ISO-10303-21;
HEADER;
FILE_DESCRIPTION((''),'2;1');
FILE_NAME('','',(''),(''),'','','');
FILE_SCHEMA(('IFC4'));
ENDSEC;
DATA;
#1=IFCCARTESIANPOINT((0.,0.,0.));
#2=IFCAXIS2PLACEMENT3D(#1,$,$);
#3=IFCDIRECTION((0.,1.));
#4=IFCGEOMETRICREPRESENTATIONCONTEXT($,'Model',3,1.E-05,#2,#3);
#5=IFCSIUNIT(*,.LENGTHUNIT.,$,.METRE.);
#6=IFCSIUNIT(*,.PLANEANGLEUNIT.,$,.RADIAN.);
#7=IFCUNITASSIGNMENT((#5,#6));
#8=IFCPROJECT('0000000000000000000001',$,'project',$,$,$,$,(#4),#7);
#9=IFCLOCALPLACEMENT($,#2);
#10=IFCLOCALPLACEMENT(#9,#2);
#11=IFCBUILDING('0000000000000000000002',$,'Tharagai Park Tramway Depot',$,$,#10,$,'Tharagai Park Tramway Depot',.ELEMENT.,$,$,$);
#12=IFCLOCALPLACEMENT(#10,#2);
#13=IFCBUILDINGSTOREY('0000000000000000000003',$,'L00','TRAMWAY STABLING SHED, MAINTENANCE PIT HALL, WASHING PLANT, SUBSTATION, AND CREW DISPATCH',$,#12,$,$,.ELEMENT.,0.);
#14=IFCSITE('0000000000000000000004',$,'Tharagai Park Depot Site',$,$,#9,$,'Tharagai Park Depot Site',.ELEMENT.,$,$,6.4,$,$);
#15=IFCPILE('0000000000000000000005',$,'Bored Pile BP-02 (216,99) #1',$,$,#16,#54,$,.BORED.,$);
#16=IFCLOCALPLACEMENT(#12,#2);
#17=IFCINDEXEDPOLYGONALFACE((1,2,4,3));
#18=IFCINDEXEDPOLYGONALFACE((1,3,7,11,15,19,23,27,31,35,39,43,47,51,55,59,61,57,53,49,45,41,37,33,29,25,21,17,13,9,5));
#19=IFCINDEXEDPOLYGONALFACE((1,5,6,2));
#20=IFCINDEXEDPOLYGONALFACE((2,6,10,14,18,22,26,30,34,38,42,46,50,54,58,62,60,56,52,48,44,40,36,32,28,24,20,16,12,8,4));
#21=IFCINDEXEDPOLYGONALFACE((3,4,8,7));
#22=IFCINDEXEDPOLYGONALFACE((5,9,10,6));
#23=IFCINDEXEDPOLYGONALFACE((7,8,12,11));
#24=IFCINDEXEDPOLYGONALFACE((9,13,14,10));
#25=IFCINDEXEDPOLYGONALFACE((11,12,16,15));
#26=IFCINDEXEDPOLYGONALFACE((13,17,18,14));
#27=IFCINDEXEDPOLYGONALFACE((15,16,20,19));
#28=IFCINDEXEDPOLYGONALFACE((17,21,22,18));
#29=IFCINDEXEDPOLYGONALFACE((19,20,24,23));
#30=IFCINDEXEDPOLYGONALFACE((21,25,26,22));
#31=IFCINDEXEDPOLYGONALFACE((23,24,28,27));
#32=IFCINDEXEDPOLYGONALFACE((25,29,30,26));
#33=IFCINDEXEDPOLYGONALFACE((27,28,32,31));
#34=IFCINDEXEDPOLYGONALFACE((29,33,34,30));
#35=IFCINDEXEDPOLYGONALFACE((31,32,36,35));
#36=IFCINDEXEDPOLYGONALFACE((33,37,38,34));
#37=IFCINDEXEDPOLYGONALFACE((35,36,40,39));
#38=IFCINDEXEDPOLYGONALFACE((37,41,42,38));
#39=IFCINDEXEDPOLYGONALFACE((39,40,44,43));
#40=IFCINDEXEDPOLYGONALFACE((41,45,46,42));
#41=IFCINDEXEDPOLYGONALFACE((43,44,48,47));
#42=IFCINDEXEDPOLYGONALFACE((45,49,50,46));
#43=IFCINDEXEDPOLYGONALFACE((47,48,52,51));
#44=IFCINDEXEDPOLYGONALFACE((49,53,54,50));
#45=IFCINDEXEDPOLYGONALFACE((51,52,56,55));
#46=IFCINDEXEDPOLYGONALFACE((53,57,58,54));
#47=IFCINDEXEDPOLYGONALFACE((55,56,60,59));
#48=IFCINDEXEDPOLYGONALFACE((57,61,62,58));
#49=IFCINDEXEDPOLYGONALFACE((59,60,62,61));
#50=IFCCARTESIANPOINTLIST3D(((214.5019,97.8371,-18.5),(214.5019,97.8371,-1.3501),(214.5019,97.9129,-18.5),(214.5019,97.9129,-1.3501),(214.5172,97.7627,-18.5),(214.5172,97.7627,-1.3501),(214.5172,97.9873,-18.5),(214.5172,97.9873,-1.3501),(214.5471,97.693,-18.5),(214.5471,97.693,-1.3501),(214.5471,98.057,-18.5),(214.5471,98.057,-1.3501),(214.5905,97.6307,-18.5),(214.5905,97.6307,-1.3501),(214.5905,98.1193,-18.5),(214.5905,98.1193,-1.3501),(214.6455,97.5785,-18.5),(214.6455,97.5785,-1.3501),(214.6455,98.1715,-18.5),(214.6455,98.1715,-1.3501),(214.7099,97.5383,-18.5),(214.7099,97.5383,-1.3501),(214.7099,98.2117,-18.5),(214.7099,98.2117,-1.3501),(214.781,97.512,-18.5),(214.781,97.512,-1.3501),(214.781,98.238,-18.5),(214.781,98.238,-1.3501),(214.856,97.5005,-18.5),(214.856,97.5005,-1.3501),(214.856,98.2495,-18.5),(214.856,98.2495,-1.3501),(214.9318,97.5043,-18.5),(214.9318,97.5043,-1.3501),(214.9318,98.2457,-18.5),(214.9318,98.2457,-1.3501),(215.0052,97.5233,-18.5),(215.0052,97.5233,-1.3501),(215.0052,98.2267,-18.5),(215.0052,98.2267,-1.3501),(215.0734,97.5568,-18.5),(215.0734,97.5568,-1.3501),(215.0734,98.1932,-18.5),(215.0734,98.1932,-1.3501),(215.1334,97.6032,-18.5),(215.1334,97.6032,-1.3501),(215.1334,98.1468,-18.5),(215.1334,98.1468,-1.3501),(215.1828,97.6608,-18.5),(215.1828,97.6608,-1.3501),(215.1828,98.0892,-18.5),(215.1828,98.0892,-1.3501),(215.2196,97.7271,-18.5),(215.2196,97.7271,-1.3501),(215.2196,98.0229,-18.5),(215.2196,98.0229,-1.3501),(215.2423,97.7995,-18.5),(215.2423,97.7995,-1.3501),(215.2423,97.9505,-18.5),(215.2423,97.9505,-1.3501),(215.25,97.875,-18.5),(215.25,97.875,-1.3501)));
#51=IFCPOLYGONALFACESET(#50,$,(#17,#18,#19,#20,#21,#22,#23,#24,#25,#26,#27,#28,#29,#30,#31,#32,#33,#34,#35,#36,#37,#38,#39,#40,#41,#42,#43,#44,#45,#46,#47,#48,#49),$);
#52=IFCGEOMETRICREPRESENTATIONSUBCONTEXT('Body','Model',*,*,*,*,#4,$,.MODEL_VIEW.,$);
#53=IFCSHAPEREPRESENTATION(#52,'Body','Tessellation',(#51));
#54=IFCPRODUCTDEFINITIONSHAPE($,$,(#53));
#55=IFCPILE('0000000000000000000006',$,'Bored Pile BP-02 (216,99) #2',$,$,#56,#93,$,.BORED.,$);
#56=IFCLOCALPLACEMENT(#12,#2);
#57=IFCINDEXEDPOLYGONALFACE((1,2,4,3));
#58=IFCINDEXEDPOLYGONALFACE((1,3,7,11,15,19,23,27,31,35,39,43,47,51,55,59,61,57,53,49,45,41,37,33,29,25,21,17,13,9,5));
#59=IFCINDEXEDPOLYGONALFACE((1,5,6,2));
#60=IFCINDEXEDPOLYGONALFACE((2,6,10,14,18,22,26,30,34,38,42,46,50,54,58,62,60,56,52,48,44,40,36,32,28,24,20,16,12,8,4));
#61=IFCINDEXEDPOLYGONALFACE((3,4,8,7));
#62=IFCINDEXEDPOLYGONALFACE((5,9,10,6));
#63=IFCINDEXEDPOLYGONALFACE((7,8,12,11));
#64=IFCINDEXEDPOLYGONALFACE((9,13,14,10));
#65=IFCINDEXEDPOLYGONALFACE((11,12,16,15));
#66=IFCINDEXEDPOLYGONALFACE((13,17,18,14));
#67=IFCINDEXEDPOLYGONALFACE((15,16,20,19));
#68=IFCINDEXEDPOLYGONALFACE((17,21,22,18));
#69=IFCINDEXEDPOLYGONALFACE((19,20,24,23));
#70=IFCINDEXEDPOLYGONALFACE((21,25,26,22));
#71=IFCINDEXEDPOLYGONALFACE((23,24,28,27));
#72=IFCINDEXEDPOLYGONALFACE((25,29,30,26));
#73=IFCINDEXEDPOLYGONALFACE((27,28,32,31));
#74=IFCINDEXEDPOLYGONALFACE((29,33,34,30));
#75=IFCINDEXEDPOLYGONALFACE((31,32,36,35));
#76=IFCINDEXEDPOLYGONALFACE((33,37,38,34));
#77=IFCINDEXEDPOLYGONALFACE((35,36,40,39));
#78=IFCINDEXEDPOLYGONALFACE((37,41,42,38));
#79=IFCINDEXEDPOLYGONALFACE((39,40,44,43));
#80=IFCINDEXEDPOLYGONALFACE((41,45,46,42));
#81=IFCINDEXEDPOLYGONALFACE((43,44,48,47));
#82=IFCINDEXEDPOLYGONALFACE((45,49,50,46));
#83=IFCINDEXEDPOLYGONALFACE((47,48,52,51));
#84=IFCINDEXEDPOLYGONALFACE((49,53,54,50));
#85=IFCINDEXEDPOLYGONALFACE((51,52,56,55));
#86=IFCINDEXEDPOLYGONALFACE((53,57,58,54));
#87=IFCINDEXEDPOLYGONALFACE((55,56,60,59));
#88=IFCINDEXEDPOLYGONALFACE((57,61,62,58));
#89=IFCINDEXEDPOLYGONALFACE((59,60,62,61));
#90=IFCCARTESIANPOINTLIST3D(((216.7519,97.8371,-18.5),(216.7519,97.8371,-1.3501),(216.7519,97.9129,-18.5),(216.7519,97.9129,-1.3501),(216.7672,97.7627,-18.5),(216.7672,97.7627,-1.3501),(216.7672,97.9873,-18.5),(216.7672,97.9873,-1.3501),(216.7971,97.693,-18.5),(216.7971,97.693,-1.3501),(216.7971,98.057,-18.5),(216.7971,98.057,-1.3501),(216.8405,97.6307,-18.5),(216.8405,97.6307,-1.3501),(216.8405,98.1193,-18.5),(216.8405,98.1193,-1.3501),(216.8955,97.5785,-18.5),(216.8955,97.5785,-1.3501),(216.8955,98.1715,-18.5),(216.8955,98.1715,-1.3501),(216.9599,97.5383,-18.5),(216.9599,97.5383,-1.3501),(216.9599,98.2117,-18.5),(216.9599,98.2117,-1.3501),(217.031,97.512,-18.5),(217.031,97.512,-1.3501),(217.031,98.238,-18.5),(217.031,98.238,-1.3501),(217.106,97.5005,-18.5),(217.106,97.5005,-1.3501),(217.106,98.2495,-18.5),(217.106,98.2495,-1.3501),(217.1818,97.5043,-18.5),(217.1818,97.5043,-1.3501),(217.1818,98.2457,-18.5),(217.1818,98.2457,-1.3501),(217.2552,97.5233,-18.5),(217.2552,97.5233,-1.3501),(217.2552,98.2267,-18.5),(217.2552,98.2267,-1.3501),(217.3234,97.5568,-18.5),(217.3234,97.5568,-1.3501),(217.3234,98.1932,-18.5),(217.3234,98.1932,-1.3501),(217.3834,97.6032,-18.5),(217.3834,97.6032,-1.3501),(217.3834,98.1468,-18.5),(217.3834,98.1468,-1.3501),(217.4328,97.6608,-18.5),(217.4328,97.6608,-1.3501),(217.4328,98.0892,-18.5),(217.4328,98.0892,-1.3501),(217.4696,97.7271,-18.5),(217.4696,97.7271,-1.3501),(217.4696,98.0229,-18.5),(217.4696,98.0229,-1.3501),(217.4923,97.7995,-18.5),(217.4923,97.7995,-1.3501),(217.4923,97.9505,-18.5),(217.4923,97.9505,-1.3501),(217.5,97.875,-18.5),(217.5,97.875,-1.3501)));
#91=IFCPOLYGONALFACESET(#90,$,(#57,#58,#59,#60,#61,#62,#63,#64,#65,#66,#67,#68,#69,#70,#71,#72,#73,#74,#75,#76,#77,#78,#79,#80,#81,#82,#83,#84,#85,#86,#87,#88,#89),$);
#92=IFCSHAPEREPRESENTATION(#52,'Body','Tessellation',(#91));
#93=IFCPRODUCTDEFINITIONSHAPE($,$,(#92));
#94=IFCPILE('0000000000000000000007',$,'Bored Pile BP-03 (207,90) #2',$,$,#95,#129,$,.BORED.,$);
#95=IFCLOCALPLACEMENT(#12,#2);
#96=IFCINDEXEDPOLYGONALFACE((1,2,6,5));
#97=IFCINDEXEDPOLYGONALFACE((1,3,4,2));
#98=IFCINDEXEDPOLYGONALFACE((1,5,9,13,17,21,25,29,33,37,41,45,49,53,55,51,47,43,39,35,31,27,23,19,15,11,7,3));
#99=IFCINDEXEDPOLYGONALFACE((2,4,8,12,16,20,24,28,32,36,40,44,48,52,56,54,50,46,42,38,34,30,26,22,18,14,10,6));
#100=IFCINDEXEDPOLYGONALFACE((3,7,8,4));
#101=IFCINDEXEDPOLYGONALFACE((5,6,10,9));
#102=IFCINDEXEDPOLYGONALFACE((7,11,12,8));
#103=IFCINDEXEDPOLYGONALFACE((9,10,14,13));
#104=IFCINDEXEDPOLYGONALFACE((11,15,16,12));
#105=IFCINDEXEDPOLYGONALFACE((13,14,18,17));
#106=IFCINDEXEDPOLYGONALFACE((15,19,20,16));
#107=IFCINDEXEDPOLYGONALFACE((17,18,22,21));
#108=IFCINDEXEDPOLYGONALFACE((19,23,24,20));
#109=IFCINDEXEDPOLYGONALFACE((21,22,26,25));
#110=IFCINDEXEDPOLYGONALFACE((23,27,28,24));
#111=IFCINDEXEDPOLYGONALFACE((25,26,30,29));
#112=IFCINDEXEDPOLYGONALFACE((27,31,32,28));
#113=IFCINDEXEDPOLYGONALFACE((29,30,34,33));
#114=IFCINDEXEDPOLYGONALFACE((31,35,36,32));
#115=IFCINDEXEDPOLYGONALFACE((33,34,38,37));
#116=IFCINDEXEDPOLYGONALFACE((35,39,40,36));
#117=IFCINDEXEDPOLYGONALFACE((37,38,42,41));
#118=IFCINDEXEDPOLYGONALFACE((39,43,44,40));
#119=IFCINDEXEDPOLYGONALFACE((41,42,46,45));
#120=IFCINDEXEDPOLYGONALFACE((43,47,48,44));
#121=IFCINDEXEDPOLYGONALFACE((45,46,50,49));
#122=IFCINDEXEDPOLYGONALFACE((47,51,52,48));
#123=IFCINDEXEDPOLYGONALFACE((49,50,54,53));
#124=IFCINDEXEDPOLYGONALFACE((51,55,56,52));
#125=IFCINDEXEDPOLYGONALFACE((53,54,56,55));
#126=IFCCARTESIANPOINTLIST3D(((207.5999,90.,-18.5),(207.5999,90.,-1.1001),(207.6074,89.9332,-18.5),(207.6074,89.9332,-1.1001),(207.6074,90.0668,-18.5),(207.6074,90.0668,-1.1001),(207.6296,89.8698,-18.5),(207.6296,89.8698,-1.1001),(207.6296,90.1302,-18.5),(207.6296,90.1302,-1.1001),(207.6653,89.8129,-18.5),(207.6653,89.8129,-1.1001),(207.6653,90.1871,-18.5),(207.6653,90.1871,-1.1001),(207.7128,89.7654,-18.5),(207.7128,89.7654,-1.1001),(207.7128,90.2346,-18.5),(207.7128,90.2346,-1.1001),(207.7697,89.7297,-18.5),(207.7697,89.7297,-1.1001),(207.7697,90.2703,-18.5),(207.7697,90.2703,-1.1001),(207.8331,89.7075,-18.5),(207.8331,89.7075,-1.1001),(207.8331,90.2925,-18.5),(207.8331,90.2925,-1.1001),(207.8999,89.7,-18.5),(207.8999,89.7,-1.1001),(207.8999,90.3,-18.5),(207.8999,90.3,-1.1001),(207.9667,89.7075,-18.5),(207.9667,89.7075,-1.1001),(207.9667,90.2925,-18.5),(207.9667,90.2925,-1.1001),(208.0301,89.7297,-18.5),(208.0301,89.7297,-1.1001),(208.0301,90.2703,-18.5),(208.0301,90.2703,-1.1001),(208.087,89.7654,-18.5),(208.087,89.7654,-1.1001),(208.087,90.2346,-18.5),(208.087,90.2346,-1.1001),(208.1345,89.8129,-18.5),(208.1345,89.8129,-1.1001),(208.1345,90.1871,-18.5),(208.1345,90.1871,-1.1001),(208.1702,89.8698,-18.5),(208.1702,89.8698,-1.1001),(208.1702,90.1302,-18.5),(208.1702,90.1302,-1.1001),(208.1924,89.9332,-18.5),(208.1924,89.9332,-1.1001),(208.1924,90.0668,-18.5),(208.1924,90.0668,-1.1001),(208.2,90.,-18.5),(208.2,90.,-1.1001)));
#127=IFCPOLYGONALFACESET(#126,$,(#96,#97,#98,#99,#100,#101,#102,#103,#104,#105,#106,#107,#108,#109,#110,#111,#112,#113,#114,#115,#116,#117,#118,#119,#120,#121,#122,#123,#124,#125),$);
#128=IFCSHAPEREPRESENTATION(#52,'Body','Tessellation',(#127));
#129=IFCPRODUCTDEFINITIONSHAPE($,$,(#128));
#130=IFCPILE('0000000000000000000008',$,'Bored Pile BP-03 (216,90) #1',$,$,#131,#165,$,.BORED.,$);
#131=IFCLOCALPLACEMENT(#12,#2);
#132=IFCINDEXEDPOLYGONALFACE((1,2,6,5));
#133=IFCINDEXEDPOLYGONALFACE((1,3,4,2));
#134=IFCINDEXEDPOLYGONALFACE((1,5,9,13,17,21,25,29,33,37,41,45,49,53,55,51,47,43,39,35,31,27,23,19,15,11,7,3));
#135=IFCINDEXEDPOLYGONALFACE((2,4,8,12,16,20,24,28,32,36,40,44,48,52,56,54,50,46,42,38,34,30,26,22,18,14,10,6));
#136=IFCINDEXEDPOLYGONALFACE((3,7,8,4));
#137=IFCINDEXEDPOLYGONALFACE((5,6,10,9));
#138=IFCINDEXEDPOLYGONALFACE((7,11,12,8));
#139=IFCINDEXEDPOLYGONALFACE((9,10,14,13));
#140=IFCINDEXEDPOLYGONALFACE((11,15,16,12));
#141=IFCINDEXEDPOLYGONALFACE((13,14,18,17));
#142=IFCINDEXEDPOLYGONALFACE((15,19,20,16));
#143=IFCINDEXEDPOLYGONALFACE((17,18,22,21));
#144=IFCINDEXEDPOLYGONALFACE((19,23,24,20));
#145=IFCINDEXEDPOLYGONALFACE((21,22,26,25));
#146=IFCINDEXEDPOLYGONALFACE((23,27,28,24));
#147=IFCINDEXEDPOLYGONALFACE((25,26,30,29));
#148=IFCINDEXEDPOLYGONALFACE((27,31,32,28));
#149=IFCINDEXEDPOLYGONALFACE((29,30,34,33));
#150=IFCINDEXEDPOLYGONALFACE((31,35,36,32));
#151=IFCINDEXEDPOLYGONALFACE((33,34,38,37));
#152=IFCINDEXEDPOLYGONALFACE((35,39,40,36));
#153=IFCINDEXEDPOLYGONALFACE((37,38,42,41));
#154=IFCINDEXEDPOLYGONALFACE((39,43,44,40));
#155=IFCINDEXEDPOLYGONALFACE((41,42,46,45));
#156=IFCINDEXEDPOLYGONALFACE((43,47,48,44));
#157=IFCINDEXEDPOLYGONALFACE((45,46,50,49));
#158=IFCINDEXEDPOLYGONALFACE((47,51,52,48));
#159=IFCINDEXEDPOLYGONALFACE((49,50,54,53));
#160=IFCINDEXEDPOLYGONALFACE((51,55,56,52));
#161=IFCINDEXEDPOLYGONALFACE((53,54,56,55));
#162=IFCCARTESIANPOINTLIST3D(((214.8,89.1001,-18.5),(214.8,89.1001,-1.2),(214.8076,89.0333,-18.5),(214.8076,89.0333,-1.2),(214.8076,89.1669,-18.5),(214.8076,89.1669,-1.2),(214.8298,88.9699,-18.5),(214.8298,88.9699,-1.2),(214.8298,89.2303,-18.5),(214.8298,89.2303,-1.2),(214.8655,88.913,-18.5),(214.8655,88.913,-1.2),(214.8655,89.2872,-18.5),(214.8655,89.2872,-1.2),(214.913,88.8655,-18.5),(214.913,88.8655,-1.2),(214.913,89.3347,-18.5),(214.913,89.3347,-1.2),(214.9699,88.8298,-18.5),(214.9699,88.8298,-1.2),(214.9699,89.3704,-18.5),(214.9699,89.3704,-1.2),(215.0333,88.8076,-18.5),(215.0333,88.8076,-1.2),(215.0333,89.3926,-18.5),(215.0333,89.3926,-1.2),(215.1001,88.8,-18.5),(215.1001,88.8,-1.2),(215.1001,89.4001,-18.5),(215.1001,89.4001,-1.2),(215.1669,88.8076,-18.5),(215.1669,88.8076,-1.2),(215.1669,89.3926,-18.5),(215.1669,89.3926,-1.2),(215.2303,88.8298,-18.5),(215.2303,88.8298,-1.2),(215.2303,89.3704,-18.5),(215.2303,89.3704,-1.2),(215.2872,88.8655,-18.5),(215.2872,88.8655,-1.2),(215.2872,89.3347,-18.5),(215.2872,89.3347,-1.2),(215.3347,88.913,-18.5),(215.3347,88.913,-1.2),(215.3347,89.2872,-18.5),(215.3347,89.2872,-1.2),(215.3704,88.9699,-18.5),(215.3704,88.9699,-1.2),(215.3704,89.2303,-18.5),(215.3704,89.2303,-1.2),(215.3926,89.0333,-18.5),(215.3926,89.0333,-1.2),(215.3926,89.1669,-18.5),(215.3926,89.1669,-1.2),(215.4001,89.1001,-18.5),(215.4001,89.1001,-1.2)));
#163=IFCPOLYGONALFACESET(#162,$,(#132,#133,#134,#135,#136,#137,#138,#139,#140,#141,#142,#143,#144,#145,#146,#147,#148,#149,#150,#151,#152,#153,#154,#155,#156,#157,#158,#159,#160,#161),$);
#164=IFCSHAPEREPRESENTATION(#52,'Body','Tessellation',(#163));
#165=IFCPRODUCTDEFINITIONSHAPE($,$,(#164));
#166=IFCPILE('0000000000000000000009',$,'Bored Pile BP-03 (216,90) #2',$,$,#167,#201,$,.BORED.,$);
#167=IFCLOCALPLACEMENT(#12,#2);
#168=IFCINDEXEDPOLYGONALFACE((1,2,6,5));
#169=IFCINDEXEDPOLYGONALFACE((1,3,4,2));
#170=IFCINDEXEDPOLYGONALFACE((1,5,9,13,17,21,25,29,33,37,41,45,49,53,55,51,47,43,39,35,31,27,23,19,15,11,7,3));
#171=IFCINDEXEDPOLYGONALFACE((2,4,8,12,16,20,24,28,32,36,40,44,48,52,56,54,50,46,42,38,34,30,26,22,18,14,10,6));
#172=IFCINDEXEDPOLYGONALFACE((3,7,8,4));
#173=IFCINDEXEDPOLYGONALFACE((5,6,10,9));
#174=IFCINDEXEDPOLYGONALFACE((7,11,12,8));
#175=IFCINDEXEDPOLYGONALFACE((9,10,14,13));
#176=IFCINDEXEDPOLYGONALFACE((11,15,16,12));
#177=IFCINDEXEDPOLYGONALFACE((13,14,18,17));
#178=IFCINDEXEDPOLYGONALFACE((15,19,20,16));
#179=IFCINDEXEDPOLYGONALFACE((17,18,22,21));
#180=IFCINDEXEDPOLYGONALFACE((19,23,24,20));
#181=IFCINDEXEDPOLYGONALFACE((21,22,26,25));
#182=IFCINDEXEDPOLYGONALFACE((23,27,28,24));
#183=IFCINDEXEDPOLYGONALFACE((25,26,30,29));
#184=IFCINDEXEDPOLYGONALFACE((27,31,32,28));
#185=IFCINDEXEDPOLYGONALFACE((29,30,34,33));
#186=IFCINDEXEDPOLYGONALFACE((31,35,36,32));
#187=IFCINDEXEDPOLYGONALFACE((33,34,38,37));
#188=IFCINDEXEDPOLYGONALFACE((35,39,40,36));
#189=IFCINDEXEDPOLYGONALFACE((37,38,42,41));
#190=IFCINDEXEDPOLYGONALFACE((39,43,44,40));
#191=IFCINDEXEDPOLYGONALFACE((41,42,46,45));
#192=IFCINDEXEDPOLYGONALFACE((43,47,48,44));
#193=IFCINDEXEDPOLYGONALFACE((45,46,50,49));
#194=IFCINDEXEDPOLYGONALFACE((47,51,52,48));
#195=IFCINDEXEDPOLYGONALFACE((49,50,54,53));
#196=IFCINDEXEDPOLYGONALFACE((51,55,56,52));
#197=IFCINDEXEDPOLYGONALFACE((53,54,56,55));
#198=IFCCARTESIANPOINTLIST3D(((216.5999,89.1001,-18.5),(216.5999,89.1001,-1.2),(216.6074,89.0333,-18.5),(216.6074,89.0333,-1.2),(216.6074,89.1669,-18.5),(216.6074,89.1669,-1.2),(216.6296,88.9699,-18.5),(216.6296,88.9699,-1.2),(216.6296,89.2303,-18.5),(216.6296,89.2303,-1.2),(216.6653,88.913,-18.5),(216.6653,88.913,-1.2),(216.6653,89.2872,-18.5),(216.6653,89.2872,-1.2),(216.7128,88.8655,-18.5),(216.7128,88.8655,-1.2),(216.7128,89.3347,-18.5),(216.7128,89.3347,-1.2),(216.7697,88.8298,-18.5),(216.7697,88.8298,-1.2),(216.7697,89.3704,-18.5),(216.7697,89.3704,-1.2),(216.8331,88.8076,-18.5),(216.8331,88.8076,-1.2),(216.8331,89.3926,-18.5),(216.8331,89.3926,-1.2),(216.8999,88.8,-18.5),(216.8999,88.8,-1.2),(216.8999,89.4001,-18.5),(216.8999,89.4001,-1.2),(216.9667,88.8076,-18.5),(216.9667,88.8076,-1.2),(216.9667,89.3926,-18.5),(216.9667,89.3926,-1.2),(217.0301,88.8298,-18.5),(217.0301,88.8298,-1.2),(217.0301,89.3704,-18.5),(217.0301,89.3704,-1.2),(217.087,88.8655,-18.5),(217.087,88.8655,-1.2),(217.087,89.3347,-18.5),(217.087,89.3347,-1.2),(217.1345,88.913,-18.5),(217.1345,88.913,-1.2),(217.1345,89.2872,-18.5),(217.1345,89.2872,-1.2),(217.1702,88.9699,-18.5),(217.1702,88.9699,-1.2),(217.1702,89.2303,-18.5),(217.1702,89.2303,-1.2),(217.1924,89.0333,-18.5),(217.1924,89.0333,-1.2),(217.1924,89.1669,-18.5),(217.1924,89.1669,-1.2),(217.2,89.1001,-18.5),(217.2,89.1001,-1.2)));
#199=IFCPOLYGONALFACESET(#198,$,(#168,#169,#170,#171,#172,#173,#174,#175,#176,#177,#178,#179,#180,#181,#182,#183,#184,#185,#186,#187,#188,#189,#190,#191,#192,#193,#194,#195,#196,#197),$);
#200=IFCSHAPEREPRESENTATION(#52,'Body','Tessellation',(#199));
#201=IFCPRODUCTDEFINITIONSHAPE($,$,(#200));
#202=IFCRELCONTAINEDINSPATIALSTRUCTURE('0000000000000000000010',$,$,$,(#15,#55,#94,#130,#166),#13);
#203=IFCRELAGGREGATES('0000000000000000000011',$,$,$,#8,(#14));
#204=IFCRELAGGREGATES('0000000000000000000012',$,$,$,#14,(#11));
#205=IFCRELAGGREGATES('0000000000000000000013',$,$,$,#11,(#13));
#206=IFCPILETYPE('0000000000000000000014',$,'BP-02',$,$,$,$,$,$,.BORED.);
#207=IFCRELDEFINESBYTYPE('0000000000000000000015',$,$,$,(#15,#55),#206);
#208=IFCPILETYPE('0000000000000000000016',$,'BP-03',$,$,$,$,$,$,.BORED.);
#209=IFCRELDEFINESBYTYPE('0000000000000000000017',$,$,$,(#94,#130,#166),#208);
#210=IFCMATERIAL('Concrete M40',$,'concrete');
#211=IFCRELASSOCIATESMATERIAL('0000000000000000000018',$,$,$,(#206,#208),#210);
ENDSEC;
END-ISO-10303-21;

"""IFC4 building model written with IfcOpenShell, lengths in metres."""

from ifc_helpers import new_model, si_unit, direction, frame, origin, origin_2d, place, context, subcontext, project, spatial, circle, extrude, material, material_profile, profile_set, type_object, element, save


model = new_model("IFC4")

# Units and contexts
model_context = context("Model", 3, precision=1e-05, world=origin(), true_north=direction((0.0, 1.0)))
body_context = subcontext(model_context, "Body", "Model", "MODEL_VIEW")
ifc_project = project(units=[si_unit("LENGTHUNIT", "METRE"), si_unit("PLANEANGLEUNIT", "RADIAN")], contexts=[model_context])

# Site, building, storey
site_placement = place(None, origin())
site = spatial("IfcSite", under=ifc_project, at=site_placement, Name="Tharagai Park Depot Site", LongName="Tharagai Park Depot Site", CompositionType="ELEMENT", RefElevation=6.4)
building_placement = place(site_placement, origin())
building = spatial("IfcBuilding", under=site, at=building_placement, Name="Tharagai Park Tramway Depot", LongName="Tharagai Park Tramway Depot", CompositionType="ELEMENT")
storey_placement = place(building_placement, origin())
storey = spatial("IfcBuildingStorey", under=building, at=storey_placement, Name="L00", Description="TRAMWAY STABLING SHED, MAINTENANCE PIT HALL, WASHING PLANT, SUBSTATION, AND CREW DISPATCH", CompositionType="ELEMENT", Elevation=0.0)

# Piles
ifc_material_1 = material(Name="Concrete M40", Category="concrete")
ifc_material_profile_1 = material_profile(ifc_material_1, circle(Radius=0.375, at=origin_2d()), Name="PILE D750")
ifc_profile_set_1 = profile_set([ifc_material_profile_1], Name="Concrete M40")
pile_type_1 = type_object("IfcPileType", Name="BP-02", PredefinedType="BORED", material=ifc_profile_set_1)
for number, where, z_axis, x_axis, name in (
    (1, (214.875, 97.875, -1.3501), (0.0, 0.0, -1.0), (1.0, 0.0, 0.0), "Bored Pile BP-02 (216,99) #1"),
    (2, (217.125, 97.875, -1.3501), (0.0, 0.0, -1.0), (1.0, 0.0, 0.0), "Bored Pile BP-02 (216,99) #2"),
):
    element("IfcPile", number, at=place(storey_placement, frame(where, z_axis=z_axis, x_axis=x_axis)), inside=storey, type_object=pile_type_1, Name=name, PredefinedType="BORED", context=body_context, shape_type="SweptSolid", body=[
        extrude(circle(Radius=0.375, at=origin_2d()), origin(), (0.0, 0.0, 1.0), 17.1499),
    ])
ifc_material_profile_2 = material_profile(ifc_material_1, circle(Radius=0.3, at=origin_2d()), Name="PILE D600")
ifc_profile_set_2 = profile_set([ifc_material_profile_2], Name="Concrete M40")
pile_type_2 = type_object("IfcPileType", Name="BP-03", PredefinedType="BORED", material=ifc_profile_set_2)
pile_placement = place(storey_placement, frame((207.8999, 90.0, -1.1001), z_axis=(0.0, 0.0, -1.0), x_axis=(1.0, 0.0, 0.0)))
element("IfcPile", 3, at=pile_placement, inside=storey, type_object=pile_type_2, Name="Bored Pile BP-03 (207,90) #2", PredefinedType="BORED", context=body_context, shape_type="SweptSolid", body=[
    extrude(circle(Radius=0.3, at=origin_2d()), origin(), (0.0, 0.0, 1.0), 17.3999),
])
for number, where, z_axis, x_axis, name in (
    (4, (215.1001, 89.1001, -1.2), (0.0, 0.0, -1.0), (1.0, 0.0, 0.0), "Bored Pile BP-03 (216,90) #1"),
    (5, (216.8999, 89.1001, -1.2), (0.0, 0.0, -1.0), (1.0, 0.0, 0.0), "Bored Pile BP-03 (216,90) #2"),
):
    element("IfcPile", number, at=place(storey_placement, frame(where, z_axis=z_axis, x_axis=x_axis)), inside=storey, type_object=pile_type_2, Name=name, PredefinedType="BORED", context=body_context, shape_type="SweptSolid", body=[
        extrude(circle(Radius=0.3, at=origin_2d()), origin(), (0.0, 0.0, 1.0), 17.3),
    ])

save(model, "model.ifc")
